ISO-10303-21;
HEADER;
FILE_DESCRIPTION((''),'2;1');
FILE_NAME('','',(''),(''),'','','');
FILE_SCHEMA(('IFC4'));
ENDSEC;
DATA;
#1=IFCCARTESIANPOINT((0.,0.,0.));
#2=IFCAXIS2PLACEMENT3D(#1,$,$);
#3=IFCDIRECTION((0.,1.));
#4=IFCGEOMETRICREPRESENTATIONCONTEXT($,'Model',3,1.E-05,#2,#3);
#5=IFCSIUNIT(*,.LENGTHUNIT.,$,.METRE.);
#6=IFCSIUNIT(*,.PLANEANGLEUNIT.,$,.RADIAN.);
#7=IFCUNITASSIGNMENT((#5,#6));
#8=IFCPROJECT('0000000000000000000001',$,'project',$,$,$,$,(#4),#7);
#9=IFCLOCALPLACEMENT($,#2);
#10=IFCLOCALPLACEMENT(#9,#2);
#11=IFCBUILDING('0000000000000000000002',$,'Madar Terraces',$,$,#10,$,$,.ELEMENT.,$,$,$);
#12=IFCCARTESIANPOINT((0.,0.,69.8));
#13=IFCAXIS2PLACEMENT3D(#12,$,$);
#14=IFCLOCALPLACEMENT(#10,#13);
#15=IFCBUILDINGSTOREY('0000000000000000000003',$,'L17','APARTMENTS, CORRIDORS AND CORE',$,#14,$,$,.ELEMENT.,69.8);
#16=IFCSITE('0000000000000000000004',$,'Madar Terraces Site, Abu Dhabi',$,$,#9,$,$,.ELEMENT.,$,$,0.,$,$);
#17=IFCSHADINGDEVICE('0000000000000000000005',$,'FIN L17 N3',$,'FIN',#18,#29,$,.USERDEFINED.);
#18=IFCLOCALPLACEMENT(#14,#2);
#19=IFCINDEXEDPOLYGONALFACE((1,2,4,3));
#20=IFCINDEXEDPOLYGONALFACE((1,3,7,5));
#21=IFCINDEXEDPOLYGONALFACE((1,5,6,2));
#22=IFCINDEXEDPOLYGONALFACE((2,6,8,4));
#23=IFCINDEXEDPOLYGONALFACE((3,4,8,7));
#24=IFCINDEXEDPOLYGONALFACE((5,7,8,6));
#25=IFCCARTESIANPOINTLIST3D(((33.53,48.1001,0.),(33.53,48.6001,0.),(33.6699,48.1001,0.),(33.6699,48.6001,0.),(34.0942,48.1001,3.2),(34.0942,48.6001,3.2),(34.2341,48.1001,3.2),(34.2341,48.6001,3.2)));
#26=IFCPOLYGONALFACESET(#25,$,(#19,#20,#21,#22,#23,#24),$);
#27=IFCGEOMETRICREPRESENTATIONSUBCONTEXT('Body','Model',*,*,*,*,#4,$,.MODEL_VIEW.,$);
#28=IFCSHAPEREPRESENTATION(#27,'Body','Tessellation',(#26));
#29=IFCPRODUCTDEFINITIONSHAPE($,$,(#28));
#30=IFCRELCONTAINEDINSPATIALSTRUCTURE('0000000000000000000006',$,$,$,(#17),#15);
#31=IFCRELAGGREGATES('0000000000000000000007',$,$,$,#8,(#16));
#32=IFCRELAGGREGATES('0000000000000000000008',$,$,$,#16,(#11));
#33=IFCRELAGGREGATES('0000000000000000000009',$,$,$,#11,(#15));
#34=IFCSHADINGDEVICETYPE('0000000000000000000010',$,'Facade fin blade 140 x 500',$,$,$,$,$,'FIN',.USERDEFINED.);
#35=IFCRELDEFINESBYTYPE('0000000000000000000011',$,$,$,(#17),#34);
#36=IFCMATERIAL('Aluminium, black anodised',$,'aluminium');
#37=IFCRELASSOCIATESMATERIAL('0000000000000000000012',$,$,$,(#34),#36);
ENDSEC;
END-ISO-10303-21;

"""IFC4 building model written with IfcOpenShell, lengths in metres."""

from ifc_helpers import new_model, si_unit, direction, frame, origin, place, context, subcontext, project, spatial, polyline, outline, extrude, material, type_object, element, save


model = new_model("IFC4")

# Units and contexts
model_context = context("Model", 3, precision=1e-05, world=origin(), true_north=direction((0.0, 1.0)))
body_context = subcontext(model_context, "Body", "Model", "MODEL_VIEW")
ifc_project = project(units=[si_unit("LENGTHUNIT", "METRE"), si_unit("PLANEANGLEUNIT", "RADIAN")], contexts=[model_context])

# Site, building, storey
site_placement = place(None, origin())
site = spatial("IfcSite", under=ifc_project, at=site_placement, Name="Madar Terraces Site, Abu Dhabi", CompositionType="ELEMENT", RefElevation=0.0)
building_placement = place(site_placement, origin())
building = spatial("IfcBuilding", under=site, at=building_placement, Name="Madar Terraces", CompositionType="ELEMENT")
storey_placement = place(building_placement, frame((0.0, 0.0, 69.8)))
storey = spatial("IfcBuildingStorey", under=building, at=storey_placement, Name="L17", Description="APARTMENTS, CORRIDORS AND CORE", CompositionType="ELEMENT", Elevation=69.8)

# Shading device
ifc_material_1 = material(Name="Aluminium, black anodised", Category="aluminium")
shading_device_type = type_object("IfcShadingDeviceType", Name="Facade fin blade 140 x 500", ElementType="FIN", PredefinedType="USERDEFINED", material=ifc_material_1)
shading_device_placement = place(storey_placement, frame((33.6699, 48.3501, 0.0), z_axis=(0.0, 0.0, 1.0), x_axis=(-1.0, 0.0, 0.0)))
element("IfcShadingDevice", 1, at=shading_device_placement, inside=storey, type_object=shading_device_type, Name="FIN L17 N3", ObjectType="FIN", PredefinedType="USERDEFINED", context=body_context, shape_type="SweptSolid", body=[
    extrude(outline(polyline([(0.0, 0.0), (0.1399, 0.0), (-0.4243, 3.2), (-0.5642, 3.2), (0.0, 0.0)])), frame((0.0, 0.25, 0.0), z_axis=(0.0, -1.0, 0.0), x_axis=(1.0, 0.0, 0.0)), (0.0, 0.0, 1.0), 0.5),
])

save(model, "model.ifc")
